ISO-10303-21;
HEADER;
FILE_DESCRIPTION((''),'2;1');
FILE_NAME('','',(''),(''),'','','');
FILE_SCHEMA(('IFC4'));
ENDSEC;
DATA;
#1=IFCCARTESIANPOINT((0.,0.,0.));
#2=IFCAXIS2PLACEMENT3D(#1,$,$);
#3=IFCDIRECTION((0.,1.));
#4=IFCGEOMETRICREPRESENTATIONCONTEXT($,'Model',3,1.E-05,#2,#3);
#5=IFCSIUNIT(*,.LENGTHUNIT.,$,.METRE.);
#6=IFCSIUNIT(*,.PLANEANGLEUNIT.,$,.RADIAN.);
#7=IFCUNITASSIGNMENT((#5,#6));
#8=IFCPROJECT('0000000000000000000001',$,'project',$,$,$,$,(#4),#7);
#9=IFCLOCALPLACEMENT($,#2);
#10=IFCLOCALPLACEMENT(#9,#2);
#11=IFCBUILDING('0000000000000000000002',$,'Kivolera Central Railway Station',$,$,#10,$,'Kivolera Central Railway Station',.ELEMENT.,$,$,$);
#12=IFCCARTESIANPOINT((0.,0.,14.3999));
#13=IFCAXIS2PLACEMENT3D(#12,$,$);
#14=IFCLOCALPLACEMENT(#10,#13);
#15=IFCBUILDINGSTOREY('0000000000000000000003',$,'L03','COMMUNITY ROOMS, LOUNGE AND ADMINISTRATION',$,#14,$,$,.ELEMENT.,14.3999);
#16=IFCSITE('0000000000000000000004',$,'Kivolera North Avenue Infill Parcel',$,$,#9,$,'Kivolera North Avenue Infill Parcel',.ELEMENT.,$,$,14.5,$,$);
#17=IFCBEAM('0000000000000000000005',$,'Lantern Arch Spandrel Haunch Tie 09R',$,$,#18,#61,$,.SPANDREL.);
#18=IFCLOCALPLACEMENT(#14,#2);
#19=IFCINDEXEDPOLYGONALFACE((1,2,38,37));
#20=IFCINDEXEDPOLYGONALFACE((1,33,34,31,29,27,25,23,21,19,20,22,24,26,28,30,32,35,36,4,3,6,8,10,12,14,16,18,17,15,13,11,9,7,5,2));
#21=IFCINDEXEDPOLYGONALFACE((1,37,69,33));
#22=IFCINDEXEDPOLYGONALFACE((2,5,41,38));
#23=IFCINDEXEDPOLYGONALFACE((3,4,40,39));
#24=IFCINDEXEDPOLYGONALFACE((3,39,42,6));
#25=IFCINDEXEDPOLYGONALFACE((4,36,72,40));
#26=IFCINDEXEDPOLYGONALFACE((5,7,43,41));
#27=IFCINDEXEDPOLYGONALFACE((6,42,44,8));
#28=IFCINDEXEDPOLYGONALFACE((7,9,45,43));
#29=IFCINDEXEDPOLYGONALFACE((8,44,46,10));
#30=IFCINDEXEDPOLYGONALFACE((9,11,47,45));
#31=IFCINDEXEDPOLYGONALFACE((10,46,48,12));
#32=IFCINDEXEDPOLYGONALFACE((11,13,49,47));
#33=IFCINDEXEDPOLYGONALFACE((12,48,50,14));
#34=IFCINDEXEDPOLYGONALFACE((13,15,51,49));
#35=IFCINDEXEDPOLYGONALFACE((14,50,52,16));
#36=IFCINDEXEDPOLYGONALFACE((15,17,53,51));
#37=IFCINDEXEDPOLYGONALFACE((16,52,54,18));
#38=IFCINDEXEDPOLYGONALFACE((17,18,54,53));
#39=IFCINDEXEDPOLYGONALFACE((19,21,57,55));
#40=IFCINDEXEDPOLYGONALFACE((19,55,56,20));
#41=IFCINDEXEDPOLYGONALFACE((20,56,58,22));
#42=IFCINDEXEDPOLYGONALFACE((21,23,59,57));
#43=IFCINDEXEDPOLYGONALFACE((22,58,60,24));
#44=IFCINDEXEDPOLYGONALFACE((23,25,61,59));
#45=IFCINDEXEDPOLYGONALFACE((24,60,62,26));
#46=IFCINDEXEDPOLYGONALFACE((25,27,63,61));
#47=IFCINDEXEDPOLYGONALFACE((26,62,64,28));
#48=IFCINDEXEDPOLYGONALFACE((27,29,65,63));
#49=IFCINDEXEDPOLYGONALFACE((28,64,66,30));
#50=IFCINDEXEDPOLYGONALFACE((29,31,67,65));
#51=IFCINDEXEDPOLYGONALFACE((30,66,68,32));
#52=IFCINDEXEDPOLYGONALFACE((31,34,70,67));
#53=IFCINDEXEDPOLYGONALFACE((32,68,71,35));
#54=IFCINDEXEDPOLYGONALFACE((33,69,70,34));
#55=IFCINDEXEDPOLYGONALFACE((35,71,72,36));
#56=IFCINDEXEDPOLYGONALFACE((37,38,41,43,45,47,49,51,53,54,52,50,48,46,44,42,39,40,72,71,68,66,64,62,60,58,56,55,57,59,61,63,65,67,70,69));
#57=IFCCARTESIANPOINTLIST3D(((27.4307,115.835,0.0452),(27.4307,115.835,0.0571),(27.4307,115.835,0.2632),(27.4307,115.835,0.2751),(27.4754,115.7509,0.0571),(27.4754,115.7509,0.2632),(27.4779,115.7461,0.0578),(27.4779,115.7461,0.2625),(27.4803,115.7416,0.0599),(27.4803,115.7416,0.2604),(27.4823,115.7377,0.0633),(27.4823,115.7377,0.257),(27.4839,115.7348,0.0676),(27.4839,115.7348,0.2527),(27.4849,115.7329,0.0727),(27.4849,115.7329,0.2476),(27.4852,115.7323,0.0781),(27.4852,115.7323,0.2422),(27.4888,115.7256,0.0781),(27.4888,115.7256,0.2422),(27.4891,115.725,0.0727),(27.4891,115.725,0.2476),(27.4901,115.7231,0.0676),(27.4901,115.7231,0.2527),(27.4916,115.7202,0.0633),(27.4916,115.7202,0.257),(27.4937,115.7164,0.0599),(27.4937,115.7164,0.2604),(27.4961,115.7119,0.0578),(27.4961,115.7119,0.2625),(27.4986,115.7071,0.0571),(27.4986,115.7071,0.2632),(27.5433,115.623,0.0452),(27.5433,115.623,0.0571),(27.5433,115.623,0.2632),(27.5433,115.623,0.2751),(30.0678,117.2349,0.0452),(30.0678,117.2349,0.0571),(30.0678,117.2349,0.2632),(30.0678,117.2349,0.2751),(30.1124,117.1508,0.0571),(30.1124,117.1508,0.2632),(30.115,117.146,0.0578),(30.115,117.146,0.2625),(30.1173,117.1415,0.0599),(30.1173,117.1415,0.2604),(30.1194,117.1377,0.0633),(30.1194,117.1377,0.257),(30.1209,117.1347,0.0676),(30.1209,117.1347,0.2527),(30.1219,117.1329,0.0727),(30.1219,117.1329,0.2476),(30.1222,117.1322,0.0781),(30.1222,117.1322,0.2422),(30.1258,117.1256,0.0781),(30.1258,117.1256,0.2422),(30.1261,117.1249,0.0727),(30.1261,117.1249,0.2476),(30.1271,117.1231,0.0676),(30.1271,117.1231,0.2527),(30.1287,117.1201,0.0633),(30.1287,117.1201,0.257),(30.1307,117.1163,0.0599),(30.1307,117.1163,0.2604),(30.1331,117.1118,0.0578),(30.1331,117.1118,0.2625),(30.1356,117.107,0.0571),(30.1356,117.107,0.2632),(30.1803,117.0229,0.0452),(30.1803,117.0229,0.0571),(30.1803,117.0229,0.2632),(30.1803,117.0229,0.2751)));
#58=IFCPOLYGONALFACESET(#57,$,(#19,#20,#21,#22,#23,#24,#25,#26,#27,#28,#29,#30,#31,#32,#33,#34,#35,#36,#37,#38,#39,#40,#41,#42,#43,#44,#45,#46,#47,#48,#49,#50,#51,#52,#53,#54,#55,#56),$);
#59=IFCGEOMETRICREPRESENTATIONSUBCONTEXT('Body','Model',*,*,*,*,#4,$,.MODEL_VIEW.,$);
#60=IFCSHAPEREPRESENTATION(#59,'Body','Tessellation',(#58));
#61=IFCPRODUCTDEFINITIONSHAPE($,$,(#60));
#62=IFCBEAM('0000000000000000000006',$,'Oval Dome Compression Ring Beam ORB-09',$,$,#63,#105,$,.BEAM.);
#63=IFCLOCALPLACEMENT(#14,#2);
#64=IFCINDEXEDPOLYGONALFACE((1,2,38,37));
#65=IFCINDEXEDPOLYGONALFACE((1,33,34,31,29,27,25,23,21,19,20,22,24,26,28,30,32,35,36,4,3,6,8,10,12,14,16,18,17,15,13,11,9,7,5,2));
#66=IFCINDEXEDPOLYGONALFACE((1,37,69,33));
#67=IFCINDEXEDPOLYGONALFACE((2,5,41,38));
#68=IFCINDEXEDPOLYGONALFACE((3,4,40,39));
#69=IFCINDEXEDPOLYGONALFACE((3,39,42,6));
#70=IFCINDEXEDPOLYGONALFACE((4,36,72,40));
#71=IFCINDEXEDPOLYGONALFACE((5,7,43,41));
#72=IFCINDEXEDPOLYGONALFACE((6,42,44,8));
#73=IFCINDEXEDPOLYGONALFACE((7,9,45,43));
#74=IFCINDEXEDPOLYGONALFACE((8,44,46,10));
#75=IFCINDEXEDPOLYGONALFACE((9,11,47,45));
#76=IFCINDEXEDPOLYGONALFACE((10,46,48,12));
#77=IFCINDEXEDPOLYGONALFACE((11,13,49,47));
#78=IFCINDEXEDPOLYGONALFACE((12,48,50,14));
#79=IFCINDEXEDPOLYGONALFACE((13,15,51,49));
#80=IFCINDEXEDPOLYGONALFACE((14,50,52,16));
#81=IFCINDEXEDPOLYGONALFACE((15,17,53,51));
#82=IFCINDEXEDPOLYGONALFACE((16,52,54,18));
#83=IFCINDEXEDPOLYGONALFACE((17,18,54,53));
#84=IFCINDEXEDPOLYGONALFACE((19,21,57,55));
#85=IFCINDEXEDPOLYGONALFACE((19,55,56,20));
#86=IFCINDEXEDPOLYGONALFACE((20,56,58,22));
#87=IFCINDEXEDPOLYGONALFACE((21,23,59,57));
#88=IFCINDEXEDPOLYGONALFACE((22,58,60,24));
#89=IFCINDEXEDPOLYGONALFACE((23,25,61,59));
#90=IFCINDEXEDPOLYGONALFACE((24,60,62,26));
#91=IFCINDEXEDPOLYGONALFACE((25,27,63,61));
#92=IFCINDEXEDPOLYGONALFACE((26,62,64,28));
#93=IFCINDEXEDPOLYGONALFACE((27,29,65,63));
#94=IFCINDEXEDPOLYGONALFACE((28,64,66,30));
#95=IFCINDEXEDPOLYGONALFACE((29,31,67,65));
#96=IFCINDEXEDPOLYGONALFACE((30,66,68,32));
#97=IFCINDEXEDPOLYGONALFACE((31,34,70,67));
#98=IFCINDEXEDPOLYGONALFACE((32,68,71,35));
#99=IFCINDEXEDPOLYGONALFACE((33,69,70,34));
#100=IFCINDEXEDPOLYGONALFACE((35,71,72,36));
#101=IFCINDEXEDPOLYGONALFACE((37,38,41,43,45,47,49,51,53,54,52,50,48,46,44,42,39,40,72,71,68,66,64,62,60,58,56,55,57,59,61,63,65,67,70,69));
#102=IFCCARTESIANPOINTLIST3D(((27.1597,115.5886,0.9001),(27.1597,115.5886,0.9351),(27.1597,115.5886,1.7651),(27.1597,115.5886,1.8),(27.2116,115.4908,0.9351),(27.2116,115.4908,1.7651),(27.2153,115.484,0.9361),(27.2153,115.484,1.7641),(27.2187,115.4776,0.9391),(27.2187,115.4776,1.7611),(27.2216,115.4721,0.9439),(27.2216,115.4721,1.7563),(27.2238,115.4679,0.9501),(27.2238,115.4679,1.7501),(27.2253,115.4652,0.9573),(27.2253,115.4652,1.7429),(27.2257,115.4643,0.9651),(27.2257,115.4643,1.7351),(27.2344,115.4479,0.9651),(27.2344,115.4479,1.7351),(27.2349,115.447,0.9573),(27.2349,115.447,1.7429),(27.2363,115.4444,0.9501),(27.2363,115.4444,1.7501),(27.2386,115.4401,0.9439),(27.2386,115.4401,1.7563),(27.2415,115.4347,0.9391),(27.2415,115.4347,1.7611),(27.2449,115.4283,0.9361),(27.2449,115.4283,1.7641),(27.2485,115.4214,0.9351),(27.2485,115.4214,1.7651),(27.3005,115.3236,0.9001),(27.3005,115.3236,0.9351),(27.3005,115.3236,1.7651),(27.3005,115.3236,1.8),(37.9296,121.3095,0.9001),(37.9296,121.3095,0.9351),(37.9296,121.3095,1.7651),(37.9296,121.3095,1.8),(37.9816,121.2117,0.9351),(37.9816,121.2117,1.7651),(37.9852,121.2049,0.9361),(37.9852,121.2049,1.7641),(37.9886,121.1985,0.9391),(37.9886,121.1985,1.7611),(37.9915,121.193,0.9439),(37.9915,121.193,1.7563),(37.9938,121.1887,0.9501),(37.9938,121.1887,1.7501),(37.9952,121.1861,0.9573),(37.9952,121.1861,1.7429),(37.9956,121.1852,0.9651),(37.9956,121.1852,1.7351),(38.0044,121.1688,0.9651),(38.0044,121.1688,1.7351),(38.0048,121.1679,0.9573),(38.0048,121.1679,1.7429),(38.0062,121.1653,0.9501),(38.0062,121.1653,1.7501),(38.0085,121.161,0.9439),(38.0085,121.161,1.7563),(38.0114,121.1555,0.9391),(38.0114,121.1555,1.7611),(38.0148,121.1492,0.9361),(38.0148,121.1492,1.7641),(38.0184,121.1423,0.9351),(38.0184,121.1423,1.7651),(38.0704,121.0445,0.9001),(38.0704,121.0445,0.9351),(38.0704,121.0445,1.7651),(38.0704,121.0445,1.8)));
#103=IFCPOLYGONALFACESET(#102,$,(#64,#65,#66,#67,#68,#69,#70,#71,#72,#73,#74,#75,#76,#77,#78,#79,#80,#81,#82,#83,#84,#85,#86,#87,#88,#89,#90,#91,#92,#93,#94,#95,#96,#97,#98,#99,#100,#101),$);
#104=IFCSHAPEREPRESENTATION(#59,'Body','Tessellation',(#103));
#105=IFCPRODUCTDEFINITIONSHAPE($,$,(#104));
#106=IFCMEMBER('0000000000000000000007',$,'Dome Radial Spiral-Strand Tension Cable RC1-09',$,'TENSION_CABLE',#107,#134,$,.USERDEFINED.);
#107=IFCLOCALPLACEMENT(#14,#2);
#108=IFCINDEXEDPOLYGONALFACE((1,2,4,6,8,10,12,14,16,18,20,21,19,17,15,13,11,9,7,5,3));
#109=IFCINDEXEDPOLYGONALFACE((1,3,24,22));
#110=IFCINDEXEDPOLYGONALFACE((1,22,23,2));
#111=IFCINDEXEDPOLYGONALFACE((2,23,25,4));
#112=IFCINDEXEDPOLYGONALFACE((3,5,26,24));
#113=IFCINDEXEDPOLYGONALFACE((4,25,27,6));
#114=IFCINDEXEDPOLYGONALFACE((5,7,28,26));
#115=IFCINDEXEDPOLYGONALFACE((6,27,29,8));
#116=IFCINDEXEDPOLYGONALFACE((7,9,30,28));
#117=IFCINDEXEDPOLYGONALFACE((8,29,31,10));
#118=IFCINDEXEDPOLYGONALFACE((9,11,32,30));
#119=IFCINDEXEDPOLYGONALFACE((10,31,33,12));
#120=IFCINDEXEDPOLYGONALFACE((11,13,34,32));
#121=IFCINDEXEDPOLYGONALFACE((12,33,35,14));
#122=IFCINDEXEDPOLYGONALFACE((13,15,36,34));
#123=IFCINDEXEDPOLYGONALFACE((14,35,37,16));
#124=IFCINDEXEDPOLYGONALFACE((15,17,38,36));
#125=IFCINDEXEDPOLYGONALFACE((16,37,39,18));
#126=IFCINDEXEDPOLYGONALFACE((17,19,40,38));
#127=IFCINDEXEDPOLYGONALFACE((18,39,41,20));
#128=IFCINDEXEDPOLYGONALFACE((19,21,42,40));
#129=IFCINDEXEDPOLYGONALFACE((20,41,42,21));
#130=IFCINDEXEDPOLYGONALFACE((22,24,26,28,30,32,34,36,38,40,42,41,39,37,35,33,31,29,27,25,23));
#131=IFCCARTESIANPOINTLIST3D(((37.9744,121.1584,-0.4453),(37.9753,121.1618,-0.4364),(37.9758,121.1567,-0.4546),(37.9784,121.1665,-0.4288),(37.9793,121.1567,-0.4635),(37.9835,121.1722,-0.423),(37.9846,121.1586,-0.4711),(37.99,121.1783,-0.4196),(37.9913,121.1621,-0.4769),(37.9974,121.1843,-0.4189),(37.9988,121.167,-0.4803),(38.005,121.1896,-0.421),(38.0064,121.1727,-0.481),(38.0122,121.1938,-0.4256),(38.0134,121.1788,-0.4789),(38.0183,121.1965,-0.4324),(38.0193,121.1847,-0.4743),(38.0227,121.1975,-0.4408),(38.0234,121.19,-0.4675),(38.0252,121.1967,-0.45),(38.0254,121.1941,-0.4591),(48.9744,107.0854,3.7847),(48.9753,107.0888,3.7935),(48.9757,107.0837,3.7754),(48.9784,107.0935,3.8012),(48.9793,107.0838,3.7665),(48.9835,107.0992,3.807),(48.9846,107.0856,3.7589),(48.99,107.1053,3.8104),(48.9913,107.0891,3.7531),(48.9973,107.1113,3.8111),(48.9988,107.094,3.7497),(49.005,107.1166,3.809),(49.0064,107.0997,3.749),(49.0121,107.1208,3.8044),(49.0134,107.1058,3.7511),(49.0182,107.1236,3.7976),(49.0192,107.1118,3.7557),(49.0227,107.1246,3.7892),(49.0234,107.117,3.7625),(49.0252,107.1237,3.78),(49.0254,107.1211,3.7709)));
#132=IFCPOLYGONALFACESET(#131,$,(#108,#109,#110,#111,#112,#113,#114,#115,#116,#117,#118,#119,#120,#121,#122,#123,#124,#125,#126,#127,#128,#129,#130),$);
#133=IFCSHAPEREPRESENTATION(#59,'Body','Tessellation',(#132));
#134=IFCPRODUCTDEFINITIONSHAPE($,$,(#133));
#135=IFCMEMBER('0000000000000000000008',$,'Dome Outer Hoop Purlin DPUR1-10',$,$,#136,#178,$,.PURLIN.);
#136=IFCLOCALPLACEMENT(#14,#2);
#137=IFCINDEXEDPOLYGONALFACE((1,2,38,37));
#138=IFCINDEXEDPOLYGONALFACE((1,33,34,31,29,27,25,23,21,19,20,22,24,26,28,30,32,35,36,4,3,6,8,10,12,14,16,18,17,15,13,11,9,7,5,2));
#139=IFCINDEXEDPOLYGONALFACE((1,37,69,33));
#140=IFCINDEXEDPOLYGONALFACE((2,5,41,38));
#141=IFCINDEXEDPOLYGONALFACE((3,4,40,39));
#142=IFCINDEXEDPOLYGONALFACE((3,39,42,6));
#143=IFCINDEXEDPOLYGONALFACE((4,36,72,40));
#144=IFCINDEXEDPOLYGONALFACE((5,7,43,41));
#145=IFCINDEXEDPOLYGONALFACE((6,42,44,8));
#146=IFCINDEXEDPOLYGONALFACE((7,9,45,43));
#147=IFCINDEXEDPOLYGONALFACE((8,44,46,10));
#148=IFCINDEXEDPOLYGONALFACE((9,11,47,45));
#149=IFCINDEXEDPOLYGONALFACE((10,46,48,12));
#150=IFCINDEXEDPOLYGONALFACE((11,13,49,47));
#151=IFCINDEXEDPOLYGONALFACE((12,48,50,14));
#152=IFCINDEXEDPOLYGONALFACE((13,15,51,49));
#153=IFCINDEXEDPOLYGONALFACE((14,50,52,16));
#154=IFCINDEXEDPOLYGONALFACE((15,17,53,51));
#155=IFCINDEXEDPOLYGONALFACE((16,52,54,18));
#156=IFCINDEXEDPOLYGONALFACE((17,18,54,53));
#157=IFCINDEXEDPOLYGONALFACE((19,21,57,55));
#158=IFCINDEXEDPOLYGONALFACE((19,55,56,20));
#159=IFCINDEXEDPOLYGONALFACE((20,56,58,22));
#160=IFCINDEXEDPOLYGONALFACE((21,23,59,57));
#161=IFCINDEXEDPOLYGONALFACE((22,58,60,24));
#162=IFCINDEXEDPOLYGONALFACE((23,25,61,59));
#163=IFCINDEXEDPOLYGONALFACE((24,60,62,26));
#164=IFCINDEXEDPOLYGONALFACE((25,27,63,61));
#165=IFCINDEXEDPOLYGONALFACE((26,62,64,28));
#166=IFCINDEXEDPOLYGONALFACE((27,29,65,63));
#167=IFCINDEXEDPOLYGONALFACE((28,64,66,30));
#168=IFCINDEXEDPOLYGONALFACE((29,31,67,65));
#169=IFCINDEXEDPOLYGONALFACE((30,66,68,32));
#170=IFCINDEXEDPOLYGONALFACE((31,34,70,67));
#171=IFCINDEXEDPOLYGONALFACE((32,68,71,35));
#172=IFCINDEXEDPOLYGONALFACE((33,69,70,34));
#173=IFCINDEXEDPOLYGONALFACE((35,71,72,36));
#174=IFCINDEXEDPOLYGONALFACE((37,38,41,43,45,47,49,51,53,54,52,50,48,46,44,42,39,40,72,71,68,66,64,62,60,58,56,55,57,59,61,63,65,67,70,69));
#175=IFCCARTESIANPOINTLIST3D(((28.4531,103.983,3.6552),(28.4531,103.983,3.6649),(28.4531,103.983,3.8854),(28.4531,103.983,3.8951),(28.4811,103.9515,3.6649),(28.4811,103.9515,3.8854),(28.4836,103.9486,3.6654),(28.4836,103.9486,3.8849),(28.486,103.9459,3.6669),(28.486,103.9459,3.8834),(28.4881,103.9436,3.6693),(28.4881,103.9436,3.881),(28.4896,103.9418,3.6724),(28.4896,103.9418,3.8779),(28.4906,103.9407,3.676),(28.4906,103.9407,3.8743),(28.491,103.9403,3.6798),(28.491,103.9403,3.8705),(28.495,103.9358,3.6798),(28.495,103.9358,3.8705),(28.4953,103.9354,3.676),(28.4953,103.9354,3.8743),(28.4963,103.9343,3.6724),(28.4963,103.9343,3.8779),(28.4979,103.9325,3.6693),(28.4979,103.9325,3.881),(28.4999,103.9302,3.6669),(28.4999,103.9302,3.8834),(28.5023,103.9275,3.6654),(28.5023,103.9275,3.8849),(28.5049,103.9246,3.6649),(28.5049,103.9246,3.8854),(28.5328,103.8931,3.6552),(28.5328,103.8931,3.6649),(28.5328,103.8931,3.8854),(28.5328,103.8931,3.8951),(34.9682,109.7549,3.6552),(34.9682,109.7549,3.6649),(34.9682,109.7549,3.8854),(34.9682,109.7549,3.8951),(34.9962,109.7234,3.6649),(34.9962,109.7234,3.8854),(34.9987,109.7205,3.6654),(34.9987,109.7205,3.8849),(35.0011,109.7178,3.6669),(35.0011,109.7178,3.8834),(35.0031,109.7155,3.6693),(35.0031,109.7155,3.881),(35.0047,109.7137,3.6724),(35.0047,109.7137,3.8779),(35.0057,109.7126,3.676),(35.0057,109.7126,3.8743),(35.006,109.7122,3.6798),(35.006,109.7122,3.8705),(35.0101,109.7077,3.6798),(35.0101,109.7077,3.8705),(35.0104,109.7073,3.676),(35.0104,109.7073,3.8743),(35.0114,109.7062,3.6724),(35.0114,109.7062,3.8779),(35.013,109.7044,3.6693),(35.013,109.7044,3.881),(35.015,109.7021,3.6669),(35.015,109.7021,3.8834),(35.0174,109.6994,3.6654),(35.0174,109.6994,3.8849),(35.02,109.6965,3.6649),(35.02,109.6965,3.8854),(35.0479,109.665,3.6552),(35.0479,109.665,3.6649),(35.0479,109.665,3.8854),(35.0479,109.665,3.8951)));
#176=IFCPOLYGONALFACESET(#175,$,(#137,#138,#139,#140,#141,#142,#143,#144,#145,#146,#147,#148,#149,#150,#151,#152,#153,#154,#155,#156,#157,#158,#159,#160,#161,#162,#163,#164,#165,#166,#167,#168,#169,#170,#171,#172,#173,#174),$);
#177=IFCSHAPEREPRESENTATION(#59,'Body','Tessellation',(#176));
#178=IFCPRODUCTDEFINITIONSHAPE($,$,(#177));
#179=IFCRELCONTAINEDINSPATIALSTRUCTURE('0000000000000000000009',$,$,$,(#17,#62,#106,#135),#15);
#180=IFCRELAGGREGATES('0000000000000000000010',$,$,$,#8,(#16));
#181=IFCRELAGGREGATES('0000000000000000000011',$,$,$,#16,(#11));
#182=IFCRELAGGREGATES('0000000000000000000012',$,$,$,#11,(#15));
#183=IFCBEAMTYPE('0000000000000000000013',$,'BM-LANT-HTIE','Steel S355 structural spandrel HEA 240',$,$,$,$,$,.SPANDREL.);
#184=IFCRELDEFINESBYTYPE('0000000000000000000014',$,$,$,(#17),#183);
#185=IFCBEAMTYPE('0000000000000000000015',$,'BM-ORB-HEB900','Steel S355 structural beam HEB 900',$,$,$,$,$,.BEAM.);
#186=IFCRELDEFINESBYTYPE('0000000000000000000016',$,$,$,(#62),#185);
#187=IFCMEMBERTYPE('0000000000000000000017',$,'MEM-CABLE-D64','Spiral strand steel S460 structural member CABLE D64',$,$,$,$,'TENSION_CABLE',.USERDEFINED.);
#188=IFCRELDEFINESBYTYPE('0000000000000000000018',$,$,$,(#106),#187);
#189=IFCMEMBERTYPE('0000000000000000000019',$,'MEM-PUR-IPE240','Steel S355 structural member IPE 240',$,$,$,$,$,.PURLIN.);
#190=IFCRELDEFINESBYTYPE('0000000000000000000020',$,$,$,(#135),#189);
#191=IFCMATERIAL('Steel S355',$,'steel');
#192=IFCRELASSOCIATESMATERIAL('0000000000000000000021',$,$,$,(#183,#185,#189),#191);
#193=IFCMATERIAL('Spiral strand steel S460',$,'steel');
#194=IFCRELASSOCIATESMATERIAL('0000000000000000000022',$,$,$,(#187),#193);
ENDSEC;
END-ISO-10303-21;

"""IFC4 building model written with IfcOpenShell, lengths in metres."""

from ifc_helpers import new_model, si_unit, direction, frame, origin, origin_2d, place, context, subcontext, project, spatial, circle, i_section, extrude, material, material_profile, profile_set, type_object, element, save


model = new_model("IFC4")

# Units and contexts
model_context = context("Model", 3, precision=1e-05, world=origin(), true_north=direction((0.0, 1.0)))
body_context = subcontext(model_context, "Body", "Model", "MODEL_VIEW")
ifc_project = project(units=[si_unit("LENGTHUNIT", "METRE"), si_unit("PLANEANGLEUNIT", "RADIAN")], contexts=[model_context])

# Site, building, storey
site_placement = place(None, origin())
site = spatial("IfcSite", under=ifc_project, at=site_placement, Name="Kivolera North Avenue Infill Parcel", LongName="Kivolera North Avenue Infill Parcel", CompositionType="ELEMENT", RefElevation=14.5)
building_placement = place(site_placement, origin())
building = spatial("IfcBuilding", under=site, at=building_placement, Name="Kivolera Central Railway Station", LongName="Kivolera Central Railway Station", CompositionType="ELEMENT")
storey_placement = place(building_placement, frame((0.0, 0.0, 14.3999)))
storey = spatial("IfcBuildingStorey", under=building, at=storey_placement, Name="L03", Description="COMMUNITY ROOMS, LOUNGE AND ADMINISTRATION", CompositionType="ELEMENT", Elevation=14.3999)

# Beams
ifc_material_1 = material(Name="Steel S355", Category="steel")
ifc_material_profile_1 = material_profile(ifc_material_1, i_section(OverallWidth=0.24, OverallDepth=0.23, WebThickness=0.0076, FlangeThickness=0.012, FilletRadius=0.021, at=origin_2d()), Name="HEA 240")
ifc_profile_set_1 = profile_set([ifc_material_profile_1], Name="Steel S355")
beam_type_1 = type_object("IfcBeamType", Name="BM-LANT-HTIE", Description="Steel S355 structural spandrel HEA 240", PredefinedType="SPANDREL", material=ifc_profile_set_1)
for number, where, z_axis, x_axis, name in (
    (1, (30.124, 117.1289, 0.1602), (-0.883252, -0.468898, 0.0), (0.468898, -0.883252, 0.0), "Lantern Arch Spandrel Haunch Tie 09R"),
):
    element("IfcBeam", number, at=place(storey_placement, frame(where, z_axis=z_axis, x_axis=x_axis)), inside=storey, type_object=beam_type_1, Name=name, PredefinedType="SPANDREL", context=body_context, shape_type="SweptSolid", body=[
        extrude(i_section(OverallWidth=0.24, OverallDepth=0.23, WebThickness=0.0076, FlangeThickness=0.012, FilletRadius=0.021, at=origin_2d()), origin(), (0.0, 0.0, 1.0), 2.9856),
    ])
ifc_material_profile_2 = material_profile(ifc_material_1, i_section(OverallWidth=0.3, OverallDepth=0.8999, WebThickness=0.0186, FlangeThickness=0.0349, FilletRadius=0.03, at=origin_2d()), Name="HEB 900")
ifc_profile_set_2 = profile_set([ifc_material_profile_2], Name="Steel S355")
beam_type_2 = type_object("IfcBeamType", Name="BM-ORB-HEB900", Description="Steel S355 structural beam HEB 900", PredefinedType="BEAM", material=ifc_profile_set_2)
beam_1_placement = place(storey_placement, frame((38.0, 121.177, 1.3501), z_axis=(-0.883137, -0.469115, 0.0), x_axis=(0.469115, -0.883137, 0.0)))
element("IfcBeam", 2, at=beam_1_placement, inside=storey, type_object=beam_type_2, Name="Oval Dome Compression Ring Beam ORB-09", PredefinedType="BEAM", context=body_context, shape_type="SweptSolid", body=[
    extrude(i_section(OverallWidth=0.3, OverallDepth=0.8999, WebThickness=0.0186, FlangeThickness=0.0349, FilletRadius=0.03, at=origin_2d()), origin(), (0.0, 0.0, 1.0), 12.1951),
])

# Members
ifc_material_2 = material(Name="Spiral strand steel S460", Category="steel")
ifc_material_profile_3 = material_profile(ifc_material_2, circle(Radius=0.032, at=origin_2d()), Name="CABLE D64")
ifc_profile_set_3 = profile_set([ifc_material_profile_3], Name="Spiral strand steel S460")
member_type_1 = type_object("IfcMemberType", Name="MEM-CABLE-D64", Description="Spiral strand steel S460 structural member CABLE D64", ElementType="TENSION_CABLE", PredefinedType="USERDEFINED", material=ifc_profile_set_3)
member_1_placement = place(storey_placement, frame((38.0, 121.177, -0.45), z_axis=(0.59926, -0.766671, 0.230442), x_axis=(0.787876, 0.615834, 0.0)))
element("IfcMember", 3, at=member_1_placement, inside=storey, type_object=member_type_1, Name="Dome Radial Spiral-Strand Tension Cable RC1-09", ObjectType="TENSION_CABLE", PredefinedType="USERDEFINED", context=body_context, shape_type="SweptSolid", body=[
    extrude(circle(Radius=0.032, at=origin_2d()), origin(), (0.0, 0.0, 1.0), 18.356),
])
ifc_material_profile_4 = material_profile(ifc_material_1, i_section(OverallWidth=0.1201, OverallDepth=0.24, WebThickness=0.0061, FlangeThickness=0.0098, FilletRadius=0.0149, at=origin_2d()), Name="IPE 240")
ifc_profile_set_4 = profile_set([ifc_material_profile_4], Name="Steel S355")
member_type_2 = type_object("IfcMemberType", Name="MEM-PUR-IPE240", Description="Steel S355 structural member IPE 240", PredefinedType="PURLIN", material=ifc_profile_set_4)
member_2_placement = place(storey_placement, frame((35.0081, 109.71, 3.7751), z_axis=(-0.748507, -0.663127, 0.0), x_axis=(0.663127, -0.748507, 0.0)))
element("IfcMember", 4, at=member_2_placement, inside=storey, type_object=member_type_2, Name="Dome Outer Hoop Purlin DPUR1-10", PredefinedType="PURLIN", context=body_context, shape_type="SweptSolid", body=[
    extrude(i_section(OverallWidth=0.1201, OverallDepth=0.24, WebThickness=0.0061, FlangeThickness=0.0098, FilletRadius=0.0149, at=origin_2d()), origin(), (0.0, 0.0, 1.0), 8.7041),
])

save(model, "model.ifc")
